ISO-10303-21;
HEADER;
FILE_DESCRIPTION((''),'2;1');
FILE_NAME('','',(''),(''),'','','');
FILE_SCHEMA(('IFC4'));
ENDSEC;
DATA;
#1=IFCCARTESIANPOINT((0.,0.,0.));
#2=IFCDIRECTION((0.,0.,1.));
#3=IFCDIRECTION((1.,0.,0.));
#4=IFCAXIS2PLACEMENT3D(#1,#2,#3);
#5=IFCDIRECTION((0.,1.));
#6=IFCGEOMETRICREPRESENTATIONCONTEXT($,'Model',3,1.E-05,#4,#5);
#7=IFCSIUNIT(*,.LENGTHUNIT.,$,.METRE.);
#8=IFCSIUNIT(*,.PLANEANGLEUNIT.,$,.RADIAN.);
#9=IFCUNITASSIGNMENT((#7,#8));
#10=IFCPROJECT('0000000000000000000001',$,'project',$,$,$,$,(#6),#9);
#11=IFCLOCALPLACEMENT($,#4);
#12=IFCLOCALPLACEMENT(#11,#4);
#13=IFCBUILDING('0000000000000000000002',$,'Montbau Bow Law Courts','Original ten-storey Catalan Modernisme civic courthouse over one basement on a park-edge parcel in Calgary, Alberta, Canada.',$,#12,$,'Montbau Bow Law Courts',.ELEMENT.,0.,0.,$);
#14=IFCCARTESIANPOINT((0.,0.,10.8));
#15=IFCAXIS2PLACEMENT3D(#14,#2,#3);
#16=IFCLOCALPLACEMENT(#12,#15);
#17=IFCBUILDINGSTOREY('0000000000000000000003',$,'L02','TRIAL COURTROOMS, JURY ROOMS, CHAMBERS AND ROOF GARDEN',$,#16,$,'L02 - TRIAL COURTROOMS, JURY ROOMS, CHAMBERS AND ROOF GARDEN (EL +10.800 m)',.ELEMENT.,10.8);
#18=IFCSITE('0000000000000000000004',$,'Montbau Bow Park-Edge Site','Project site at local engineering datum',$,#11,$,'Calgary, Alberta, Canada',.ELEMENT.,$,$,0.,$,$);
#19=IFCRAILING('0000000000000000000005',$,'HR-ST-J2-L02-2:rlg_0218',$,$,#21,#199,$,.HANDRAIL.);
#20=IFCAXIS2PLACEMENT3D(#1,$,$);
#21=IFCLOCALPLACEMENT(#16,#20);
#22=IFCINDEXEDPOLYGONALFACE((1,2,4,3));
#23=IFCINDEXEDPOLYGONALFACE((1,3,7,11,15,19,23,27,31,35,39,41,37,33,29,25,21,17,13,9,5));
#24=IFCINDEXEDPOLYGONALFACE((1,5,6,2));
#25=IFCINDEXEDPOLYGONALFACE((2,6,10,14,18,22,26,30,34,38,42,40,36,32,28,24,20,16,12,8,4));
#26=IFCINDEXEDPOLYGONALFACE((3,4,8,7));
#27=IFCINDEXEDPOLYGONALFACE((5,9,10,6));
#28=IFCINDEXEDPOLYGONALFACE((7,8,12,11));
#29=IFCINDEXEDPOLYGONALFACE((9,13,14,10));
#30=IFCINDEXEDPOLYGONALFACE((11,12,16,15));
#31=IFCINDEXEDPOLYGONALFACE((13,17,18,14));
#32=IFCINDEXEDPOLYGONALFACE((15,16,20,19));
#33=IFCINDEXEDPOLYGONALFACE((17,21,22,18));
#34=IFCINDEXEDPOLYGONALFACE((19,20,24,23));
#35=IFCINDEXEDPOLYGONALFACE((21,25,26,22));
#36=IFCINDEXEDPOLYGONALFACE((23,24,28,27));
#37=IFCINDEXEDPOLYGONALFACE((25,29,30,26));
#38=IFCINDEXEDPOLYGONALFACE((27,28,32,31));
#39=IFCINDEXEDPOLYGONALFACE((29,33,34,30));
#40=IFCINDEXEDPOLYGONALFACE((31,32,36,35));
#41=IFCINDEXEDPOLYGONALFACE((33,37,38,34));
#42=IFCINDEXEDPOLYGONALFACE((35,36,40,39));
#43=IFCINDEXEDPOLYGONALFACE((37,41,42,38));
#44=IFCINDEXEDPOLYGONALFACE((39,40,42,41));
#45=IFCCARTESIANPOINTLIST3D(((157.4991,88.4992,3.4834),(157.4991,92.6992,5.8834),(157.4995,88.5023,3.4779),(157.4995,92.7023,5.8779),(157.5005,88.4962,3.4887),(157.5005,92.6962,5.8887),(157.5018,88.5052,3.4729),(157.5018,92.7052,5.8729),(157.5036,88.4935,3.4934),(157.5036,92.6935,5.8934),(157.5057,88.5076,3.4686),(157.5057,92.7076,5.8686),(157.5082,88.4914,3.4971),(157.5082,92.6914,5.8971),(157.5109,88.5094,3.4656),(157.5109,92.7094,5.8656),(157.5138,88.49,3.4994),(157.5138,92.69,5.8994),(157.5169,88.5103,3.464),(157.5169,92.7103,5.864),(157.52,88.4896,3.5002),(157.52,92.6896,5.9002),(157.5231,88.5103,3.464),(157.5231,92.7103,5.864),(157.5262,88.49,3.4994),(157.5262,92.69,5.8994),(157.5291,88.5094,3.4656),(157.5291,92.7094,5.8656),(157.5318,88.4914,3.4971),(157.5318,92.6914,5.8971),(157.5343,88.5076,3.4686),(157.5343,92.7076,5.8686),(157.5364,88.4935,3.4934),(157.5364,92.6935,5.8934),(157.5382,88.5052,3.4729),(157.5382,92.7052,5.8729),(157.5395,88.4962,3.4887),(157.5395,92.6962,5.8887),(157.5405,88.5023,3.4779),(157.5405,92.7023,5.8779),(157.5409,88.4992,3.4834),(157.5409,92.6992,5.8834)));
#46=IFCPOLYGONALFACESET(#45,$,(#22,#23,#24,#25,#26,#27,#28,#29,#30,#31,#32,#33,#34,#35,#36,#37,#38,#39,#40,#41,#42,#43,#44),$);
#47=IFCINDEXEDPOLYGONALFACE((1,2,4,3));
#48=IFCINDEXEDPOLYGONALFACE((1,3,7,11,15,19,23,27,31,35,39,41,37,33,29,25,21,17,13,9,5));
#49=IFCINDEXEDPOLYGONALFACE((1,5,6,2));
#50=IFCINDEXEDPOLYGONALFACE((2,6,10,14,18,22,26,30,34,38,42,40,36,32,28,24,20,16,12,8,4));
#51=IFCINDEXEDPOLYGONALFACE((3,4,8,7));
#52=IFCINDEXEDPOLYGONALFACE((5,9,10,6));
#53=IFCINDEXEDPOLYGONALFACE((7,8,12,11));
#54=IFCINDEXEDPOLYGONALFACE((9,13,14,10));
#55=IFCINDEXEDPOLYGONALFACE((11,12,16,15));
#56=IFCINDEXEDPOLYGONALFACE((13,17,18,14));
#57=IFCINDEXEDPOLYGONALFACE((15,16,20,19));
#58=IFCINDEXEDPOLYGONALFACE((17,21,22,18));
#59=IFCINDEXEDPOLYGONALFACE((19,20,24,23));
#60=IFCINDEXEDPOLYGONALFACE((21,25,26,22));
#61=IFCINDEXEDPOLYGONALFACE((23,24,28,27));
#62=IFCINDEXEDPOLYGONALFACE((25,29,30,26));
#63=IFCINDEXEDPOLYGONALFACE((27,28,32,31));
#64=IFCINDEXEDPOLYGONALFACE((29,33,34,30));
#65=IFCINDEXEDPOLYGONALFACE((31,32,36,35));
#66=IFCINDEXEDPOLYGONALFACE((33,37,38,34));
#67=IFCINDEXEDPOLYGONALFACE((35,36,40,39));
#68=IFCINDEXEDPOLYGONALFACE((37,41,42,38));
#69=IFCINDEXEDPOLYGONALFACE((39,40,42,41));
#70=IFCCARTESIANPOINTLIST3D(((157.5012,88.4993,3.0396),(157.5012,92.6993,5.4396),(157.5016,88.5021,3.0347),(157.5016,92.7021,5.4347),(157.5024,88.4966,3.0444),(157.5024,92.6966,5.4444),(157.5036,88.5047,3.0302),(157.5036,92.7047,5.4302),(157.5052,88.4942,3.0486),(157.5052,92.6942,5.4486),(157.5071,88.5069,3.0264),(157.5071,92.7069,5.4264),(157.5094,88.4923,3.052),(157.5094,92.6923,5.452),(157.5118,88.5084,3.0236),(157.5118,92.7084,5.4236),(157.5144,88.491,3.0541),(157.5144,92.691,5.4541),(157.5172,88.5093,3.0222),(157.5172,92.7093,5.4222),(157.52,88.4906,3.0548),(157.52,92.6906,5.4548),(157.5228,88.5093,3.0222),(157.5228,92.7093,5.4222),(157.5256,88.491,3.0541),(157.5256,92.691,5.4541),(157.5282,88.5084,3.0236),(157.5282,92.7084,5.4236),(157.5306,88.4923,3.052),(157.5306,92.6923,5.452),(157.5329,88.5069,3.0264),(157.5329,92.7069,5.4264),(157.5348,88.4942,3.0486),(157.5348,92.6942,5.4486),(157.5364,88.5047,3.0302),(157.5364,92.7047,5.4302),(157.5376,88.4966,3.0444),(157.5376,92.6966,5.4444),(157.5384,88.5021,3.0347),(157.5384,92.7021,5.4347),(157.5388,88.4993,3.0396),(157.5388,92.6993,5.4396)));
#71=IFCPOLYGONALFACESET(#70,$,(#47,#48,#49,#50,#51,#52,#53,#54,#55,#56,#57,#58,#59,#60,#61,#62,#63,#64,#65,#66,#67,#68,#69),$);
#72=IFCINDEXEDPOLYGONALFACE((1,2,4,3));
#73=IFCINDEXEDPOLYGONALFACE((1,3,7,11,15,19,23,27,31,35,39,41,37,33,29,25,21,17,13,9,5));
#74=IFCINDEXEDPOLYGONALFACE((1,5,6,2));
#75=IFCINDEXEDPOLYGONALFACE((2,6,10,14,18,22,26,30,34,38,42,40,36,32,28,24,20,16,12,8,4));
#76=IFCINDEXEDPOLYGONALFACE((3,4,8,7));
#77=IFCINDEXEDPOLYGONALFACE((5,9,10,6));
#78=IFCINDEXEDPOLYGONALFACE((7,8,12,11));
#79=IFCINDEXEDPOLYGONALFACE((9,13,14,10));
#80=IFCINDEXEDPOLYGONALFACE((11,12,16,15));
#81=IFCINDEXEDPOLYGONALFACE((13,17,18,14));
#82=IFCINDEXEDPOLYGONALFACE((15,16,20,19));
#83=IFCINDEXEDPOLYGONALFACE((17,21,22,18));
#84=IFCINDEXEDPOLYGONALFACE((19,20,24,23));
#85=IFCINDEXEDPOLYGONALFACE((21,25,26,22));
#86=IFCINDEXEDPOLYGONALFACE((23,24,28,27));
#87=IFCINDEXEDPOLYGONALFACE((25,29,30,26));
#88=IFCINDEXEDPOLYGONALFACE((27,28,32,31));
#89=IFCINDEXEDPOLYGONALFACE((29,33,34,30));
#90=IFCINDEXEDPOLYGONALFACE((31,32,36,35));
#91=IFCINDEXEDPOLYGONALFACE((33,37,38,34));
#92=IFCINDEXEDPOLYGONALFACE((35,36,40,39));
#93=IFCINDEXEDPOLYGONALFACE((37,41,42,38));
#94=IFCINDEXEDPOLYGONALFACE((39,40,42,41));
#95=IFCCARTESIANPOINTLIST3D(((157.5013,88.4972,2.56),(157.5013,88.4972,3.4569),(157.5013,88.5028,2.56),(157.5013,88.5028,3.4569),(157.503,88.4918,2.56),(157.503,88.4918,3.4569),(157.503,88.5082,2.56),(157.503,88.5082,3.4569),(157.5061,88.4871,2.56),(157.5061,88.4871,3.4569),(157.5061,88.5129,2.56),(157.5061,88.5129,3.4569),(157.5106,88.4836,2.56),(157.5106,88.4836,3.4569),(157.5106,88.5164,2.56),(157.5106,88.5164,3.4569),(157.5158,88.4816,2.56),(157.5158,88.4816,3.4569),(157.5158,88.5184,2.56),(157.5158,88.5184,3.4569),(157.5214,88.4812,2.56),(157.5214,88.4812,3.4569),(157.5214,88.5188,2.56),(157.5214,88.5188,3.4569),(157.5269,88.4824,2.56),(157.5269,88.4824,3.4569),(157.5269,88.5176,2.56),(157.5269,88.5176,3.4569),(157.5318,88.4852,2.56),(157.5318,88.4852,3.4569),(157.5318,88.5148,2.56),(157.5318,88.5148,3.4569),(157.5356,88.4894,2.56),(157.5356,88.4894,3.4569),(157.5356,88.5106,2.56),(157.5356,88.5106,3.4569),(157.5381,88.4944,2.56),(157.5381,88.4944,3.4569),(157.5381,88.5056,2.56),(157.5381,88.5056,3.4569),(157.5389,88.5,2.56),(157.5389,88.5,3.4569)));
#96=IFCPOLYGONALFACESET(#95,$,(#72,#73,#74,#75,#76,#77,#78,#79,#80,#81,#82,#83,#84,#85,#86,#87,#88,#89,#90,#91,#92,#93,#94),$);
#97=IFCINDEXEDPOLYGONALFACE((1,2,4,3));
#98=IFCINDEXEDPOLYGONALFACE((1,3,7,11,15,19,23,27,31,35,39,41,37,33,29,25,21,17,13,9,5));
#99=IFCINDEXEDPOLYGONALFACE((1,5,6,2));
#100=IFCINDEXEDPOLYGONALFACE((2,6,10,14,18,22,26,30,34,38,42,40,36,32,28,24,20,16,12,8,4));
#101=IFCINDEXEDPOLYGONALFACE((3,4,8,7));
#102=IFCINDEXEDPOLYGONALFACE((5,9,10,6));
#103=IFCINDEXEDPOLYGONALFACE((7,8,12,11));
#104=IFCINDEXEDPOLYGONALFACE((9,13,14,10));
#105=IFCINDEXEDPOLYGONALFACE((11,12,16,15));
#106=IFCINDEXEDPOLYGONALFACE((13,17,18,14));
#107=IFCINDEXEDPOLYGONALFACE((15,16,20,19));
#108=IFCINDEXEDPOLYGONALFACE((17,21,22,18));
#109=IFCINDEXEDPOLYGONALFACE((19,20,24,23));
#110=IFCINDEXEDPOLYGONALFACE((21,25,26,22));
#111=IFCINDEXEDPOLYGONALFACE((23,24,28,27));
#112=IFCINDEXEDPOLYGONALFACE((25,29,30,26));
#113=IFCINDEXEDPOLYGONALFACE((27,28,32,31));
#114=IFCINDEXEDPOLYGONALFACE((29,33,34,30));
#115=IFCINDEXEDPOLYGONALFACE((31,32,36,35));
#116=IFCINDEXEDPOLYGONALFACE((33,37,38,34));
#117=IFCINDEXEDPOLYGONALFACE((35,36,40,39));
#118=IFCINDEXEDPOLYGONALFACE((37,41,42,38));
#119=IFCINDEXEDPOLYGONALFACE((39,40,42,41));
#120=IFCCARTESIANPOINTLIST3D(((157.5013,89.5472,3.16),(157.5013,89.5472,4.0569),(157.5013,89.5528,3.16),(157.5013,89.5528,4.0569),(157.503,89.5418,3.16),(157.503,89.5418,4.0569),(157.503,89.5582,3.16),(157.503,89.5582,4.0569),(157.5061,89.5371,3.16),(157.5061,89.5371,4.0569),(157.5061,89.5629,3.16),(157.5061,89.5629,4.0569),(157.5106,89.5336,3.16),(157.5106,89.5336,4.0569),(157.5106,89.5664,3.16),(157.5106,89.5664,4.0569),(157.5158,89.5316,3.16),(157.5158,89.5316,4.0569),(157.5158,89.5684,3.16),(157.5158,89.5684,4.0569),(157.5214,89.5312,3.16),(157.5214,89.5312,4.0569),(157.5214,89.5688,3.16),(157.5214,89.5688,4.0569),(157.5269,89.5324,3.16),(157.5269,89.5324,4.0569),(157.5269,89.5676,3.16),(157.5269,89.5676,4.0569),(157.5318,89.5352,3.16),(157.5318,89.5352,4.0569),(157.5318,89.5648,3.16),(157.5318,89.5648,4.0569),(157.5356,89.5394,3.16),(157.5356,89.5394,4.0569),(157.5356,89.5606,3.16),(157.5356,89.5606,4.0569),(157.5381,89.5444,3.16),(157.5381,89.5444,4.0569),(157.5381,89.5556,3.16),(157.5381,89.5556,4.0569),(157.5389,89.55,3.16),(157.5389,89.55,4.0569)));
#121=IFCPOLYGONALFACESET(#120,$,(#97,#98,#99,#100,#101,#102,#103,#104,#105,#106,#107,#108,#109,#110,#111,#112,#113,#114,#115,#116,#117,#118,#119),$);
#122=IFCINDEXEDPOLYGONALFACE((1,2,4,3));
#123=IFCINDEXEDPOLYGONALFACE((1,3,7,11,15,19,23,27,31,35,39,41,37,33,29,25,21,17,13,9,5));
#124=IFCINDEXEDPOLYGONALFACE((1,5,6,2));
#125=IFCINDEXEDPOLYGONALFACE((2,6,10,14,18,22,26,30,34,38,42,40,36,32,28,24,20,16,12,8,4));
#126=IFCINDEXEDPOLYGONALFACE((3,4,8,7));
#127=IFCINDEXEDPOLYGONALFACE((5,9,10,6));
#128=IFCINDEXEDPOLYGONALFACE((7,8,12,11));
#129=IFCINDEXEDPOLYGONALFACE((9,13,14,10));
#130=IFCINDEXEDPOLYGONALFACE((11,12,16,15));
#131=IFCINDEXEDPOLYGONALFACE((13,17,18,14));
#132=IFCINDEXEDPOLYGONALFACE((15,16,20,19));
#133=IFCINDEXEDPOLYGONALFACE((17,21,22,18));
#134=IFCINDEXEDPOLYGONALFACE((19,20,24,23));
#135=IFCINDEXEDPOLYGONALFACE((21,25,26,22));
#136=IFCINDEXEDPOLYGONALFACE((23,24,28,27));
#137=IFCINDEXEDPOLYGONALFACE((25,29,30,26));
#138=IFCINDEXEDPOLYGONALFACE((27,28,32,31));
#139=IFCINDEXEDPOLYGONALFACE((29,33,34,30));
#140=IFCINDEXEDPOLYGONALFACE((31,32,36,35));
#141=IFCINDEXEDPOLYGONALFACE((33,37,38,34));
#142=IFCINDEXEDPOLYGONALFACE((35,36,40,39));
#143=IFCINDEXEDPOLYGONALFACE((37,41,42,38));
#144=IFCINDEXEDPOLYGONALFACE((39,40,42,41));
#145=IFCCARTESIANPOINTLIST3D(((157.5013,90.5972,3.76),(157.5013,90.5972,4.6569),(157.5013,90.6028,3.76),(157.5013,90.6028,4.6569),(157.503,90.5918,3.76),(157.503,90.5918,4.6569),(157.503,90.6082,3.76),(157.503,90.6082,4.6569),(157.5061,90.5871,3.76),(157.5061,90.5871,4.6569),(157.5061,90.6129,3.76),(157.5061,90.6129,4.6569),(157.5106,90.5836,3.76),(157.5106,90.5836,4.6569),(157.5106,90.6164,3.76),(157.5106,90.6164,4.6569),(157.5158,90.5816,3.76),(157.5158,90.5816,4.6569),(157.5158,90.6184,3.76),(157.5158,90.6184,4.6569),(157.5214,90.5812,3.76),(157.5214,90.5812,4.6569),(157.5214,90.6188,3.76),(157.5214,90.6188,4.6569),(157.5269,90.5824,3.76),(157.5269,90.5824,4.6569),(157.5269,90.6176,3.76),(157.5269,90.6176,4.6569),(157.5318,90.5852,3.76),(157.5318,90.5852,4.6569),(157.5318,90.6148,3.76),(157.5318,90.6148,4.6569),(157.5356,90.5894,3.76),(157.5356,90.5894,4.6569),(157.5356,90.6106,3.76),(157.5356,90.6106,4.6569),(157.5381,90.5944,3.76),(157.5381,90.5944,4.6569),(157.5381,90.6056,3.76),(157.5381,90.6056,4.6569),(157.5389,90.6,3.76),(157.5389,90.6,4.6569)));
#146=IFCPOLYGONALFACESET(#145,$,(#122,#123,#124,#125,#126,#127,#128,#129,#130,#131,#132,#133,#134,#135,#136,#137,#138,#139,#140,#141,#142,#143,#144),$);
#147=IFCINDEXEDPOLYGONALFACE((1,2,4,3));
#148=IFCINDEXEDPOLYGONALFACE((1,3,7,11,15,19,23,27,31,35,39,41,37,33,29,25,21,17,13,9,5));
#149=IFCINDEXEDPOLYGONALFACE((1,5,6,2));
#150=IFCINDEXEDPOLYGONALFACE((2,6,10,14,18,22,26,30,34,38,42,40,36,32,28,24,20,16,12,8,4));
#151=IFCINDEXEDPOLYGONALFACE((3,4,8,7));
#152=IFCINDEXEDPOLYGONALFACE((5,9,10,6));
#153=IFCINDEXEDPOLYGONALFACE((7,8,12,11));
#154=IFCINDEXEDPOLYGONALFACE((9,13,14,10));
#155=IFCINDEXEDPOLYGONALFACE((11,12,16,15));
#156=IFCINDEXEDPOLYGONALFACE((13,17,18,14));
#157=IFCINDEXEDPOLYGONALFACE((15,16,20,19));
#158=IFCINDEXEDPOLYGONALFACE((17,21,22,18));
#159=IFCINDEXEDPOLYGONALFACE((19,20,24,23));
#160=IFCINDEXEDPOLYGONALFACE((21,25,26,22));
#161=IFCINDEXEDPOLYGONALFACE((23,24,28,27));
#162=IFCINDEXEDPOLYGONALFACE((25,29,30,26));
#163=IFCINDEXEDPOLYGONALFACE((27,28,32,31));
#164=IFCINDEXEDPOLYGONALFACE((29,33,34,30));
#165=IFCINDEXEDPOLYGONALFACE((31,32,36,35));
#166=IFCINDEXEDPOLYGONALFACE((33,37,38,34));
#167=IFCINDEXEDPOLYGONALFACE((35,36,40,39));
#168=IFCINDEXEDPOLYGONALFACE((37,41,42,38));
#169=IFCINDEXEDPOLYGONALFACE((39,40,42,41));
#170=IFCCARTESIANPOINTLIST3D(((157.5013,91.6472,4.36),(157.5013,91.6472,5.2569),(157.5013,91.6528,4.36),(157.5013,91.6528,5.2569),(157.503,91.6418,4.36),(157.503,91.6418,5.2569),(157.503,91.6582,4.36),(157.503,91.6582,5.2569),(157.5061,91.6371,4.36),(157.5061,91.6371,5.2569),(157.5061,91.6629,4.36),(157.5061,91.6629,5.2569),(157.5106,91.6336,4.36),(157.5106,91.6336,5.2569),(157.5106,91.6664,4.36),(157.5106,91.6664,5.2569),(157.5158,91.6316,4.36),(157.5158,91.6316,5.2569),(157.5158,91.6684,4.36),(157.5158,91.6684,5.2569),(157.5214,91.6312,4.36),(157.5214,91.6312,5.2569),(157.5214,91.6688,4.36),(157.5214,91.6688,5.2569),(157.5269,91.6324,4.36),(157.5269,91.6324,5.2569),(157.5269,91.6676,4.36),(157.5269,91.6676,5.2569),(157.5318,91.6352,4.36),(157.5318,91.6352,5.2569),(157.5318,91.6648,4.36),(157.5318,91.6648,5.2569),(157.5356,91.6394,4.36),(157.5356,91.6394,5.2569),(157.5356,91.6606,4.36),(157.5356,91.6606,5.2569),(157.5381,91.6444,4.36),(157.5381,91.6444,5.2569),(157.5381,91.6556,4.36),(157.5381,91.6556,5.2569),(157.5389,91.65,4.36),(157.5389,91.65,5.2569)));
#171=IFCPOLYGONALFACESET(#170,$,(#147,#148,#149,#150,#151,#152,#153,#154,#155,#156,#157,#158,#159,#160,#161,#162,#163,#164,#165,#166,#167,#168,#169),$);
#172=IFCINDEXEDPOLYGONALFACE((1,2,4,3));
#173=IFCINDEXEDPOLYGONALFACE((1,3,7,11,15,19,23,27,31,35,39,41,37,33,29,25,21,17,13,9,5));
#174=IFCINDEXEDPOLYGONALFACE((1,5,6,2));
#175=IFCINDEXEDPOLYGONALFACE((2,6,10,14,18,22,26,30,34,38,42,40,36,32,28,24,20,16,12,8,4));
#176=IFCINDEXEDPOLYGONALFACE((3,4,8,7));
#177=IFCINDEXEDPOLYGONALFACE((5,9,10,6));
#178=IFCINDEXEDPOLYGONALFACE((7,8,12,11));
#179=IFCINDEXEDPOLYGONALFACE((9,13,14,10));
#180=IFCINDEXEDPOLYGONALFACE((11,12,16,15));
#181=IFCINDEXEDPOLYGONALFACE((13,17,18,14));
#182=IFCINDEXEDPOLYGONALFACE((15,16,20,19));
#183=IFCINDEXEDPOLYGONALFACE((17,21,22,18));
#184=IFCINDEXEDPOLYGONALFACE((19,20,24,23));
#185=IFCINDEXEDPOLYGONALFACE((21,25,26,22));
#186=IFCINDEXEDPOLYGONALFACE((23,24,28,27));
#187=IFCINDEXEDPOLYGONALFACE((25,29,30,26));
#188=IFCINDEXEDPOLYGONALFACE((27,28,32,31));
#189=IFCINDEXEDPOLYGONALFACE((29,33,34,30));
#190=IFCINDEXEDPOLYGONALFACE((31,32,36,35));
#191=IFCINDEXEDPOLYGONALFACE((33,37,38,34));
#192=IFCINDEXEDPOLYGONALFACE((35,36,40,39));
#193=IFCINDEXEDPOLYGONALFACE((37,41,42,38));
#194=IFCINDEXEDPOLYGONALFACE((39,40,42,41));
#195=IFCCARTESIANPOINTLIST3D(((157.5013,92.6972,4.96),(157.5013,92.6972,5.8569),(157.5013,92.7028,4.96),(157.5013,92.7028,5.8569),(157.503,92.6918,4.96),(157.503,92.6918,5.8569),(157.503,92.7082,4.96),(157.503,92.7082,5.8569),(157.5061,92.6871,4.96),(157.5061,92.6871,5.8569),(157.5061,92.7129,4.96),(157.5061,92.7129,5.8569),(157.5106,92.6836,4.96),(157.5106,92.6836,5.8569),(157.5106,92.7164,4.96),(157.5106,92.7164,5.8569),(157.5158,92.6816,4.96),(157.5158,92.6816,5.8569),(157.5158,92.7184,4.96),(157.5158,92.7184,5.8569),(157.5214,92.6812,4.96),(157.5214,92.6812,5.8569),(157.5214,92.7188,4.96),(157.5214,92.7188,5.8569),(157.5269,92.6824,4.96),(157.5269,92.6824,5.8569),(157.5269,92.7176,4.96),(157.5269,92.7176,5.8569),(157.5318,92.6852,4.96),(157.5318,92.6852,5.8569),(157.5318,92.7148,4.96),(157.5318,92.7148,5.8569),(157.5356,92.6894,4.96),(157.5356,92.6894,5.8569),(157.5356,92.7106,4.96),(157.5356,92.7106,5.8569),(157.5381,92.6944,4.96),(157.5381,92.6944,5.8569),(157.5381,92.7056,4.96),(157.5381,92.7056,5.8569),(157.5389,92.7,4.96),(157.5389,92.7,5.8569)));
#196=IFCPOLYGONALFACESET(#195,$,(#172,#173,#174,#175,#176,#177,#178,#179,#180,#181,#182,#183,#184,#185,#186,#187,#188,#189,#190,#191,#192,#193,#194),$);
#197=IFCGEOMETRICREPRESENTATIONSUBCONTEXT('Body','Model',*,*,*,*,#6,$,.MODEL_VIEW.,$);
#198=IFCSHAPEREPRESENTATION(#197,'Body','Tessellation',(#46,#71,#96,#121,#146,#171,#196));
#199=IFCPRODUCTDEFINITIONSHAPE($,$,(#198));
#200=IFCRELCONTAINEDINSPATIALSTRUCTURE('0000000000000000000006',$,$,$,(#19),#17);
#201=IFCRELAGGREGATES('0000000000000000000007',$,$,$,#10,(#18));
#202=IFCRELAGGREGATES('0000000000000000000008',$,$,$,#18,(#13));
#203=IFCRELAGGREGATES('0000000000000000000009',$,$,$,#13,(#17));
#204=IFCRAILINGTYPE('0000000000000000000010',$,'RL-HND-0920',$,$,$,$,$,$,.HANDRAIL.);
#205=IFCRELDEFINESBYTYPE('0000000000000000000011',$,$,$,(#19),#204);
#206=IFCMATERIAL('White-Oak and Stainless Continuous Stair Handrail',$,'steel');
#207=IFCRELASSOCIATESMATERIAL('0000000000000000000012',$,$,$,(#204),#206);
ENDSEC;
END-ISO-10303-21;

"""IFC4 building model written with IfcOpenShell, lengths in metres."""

from ifc_helpers import new_model, si_unit, direction, frame, origin_with_axes, origin_2d_with_axis, place, context, subcontext, project, spatial, circle, extrude, material, type_object, element, save


model = new_model("IFC4")

# Units and contexts
model_context = context("Model", 3, precision=1e-05, world=origin_with_axes(), true_north=direction((0.0, 1.0)))
body_context = subcontext(model_context, "Body", "Model", "MODEL_VIEW")
ifc_project = project(units=[si_unit("LENGTHUNIT", "METRE"), si_unit("PLANEANGLEUNIT", "RADIAN")], contexts=[model_context])

# Site, building, storey
site_placement = place(None, origin_with_axes())
site = spatial("IfcSite", under=ifc_project, at=site_placement, Name="Montbau Bow Park-Edge Site", Description="Project site at local engineering datum", LongName="Calgary, Alberta, Canada", CompositionType="ELEMENT", RefElevation=0.0)
building_placement = place(site_placement, origin_with_axes())
building = spatial("IfcBuilding", under=site, at=building_placement, Name="Montbau Bow Law Courts", Description="Original ten-storey Catalan Modernisme civic courthouse over one basement on a park-edge parcel in Calgary, Alberta, Canada.", LongName="Montbau Bow Law Courts", CompositionType="ELEMENT", ElevationOfRefHeight=0.0, ElevationOfTerrain=0.0)
storey_placement = place(building_placement, frame((0.0, 0.0, 10.8), z_axis=(0.0, 0.0, 1.0), x_axis=(1.0, 0.0, 0.0)))
storey = spatial("IfcBuildingStorey", under=building, at=storey_placement, Name="L02", Description="TRIAL COURTROOMS, JURY ROOMS, CHAMBERS AND ROOF GARDEN", LongName="L02 - TRIAL COURTROOMS, JURY ROOMS, CHAMBERS AND ROOF GARDEN (EL +10.800 m)", CompositionType="ELEMENT", Elevation=10.8)

# Railing
ifc_material_1 = material(Name="White-Oak and Stainless Continuous Stair Handrail", Category="steel")
railing_type_1 = type_object("IfcRailingType", Name="RL-HND-0920", PredefinedType="HANDRAIL", material=ifc_material_1)
railing_1_placement = place(None, origin_with_axes())
element("IfcRailing", 1, at=railing_1_placement, inside=storey, type_object=railing_type_1, Name="HR-ST-J2-L02-2:rlg_0218", PredefinedType="HANDRAIL", context=body_context, shape_type="SweptSolid", body=[
    extrude(circle(Radius=0.021, at=origin_2d_with_axis()), frame((157.52, 88.5, 14.282), z_axis=(0.0, 0.868243, 0.496139), x_axis=(0.0, -0.496139, 0.868243)), (0.0, 0.0, 1.0), 4.8374),
    extrude(circle(Radius=0.0189, at=origin_2d_with_axis()), frame((157.52, 88.5, 13.8384), z_axis=(0.0, 0.868243, 0.496139), x_axis=(0.0, -0.496139, 0.868243)), (0.0, 0.0, 1.0), 4.8374),
    extrude(circle(Radius=0.0189, at=origin_2d_with_axis()), frame((157.52, 88.5, 13.36), z_axis=(0.0, 0.0, 1.0), x_axis=(1.0, 0.0, 0.0)), (0.0, 0.0, 1.0), 0.8969),
    extrude(circle(Radius=0.0189, at=origin_2d_with_axis()), frame((157.52, 89.55, 13.96), z_axis=(0.0, 0.0, 1.0), x_axis=(1.0, 0.0, 0.0)), (0.0, 0.0, 1.0), 0.8969),
    extrude(circle(Radius=0.0189, at=origin_2d_with_axis()), frame((157.52, 90.6, 14.56), z_axis=(0.0, 0.0, 1.0), x_axis=(1.0, 0.0, 0.0)), (0.0, 0.0, 1.0), 0.8969),
    extrude(circle(Radius=0.0189, at=origin_2d_with_axis()), frame((157.52, 91.65, 15.16), z_axis=(0.0, 0.0, 1.0), x_axis=(1.0, 0.0, 0.0)), (0.0, 0.0, 1.0), 0.8969),
    extrude(circle(Radius=0.0189, at=origin_2d_with_axis()), frame((157.52, 92.7, 15.76), z_axis=(0.0, 0.0, 1.0), x_axis=(1.0, 0.0, 0.0)), (0.0, 0.0, 1.0), 0.8969),
])

save(model, "model.ifc")
